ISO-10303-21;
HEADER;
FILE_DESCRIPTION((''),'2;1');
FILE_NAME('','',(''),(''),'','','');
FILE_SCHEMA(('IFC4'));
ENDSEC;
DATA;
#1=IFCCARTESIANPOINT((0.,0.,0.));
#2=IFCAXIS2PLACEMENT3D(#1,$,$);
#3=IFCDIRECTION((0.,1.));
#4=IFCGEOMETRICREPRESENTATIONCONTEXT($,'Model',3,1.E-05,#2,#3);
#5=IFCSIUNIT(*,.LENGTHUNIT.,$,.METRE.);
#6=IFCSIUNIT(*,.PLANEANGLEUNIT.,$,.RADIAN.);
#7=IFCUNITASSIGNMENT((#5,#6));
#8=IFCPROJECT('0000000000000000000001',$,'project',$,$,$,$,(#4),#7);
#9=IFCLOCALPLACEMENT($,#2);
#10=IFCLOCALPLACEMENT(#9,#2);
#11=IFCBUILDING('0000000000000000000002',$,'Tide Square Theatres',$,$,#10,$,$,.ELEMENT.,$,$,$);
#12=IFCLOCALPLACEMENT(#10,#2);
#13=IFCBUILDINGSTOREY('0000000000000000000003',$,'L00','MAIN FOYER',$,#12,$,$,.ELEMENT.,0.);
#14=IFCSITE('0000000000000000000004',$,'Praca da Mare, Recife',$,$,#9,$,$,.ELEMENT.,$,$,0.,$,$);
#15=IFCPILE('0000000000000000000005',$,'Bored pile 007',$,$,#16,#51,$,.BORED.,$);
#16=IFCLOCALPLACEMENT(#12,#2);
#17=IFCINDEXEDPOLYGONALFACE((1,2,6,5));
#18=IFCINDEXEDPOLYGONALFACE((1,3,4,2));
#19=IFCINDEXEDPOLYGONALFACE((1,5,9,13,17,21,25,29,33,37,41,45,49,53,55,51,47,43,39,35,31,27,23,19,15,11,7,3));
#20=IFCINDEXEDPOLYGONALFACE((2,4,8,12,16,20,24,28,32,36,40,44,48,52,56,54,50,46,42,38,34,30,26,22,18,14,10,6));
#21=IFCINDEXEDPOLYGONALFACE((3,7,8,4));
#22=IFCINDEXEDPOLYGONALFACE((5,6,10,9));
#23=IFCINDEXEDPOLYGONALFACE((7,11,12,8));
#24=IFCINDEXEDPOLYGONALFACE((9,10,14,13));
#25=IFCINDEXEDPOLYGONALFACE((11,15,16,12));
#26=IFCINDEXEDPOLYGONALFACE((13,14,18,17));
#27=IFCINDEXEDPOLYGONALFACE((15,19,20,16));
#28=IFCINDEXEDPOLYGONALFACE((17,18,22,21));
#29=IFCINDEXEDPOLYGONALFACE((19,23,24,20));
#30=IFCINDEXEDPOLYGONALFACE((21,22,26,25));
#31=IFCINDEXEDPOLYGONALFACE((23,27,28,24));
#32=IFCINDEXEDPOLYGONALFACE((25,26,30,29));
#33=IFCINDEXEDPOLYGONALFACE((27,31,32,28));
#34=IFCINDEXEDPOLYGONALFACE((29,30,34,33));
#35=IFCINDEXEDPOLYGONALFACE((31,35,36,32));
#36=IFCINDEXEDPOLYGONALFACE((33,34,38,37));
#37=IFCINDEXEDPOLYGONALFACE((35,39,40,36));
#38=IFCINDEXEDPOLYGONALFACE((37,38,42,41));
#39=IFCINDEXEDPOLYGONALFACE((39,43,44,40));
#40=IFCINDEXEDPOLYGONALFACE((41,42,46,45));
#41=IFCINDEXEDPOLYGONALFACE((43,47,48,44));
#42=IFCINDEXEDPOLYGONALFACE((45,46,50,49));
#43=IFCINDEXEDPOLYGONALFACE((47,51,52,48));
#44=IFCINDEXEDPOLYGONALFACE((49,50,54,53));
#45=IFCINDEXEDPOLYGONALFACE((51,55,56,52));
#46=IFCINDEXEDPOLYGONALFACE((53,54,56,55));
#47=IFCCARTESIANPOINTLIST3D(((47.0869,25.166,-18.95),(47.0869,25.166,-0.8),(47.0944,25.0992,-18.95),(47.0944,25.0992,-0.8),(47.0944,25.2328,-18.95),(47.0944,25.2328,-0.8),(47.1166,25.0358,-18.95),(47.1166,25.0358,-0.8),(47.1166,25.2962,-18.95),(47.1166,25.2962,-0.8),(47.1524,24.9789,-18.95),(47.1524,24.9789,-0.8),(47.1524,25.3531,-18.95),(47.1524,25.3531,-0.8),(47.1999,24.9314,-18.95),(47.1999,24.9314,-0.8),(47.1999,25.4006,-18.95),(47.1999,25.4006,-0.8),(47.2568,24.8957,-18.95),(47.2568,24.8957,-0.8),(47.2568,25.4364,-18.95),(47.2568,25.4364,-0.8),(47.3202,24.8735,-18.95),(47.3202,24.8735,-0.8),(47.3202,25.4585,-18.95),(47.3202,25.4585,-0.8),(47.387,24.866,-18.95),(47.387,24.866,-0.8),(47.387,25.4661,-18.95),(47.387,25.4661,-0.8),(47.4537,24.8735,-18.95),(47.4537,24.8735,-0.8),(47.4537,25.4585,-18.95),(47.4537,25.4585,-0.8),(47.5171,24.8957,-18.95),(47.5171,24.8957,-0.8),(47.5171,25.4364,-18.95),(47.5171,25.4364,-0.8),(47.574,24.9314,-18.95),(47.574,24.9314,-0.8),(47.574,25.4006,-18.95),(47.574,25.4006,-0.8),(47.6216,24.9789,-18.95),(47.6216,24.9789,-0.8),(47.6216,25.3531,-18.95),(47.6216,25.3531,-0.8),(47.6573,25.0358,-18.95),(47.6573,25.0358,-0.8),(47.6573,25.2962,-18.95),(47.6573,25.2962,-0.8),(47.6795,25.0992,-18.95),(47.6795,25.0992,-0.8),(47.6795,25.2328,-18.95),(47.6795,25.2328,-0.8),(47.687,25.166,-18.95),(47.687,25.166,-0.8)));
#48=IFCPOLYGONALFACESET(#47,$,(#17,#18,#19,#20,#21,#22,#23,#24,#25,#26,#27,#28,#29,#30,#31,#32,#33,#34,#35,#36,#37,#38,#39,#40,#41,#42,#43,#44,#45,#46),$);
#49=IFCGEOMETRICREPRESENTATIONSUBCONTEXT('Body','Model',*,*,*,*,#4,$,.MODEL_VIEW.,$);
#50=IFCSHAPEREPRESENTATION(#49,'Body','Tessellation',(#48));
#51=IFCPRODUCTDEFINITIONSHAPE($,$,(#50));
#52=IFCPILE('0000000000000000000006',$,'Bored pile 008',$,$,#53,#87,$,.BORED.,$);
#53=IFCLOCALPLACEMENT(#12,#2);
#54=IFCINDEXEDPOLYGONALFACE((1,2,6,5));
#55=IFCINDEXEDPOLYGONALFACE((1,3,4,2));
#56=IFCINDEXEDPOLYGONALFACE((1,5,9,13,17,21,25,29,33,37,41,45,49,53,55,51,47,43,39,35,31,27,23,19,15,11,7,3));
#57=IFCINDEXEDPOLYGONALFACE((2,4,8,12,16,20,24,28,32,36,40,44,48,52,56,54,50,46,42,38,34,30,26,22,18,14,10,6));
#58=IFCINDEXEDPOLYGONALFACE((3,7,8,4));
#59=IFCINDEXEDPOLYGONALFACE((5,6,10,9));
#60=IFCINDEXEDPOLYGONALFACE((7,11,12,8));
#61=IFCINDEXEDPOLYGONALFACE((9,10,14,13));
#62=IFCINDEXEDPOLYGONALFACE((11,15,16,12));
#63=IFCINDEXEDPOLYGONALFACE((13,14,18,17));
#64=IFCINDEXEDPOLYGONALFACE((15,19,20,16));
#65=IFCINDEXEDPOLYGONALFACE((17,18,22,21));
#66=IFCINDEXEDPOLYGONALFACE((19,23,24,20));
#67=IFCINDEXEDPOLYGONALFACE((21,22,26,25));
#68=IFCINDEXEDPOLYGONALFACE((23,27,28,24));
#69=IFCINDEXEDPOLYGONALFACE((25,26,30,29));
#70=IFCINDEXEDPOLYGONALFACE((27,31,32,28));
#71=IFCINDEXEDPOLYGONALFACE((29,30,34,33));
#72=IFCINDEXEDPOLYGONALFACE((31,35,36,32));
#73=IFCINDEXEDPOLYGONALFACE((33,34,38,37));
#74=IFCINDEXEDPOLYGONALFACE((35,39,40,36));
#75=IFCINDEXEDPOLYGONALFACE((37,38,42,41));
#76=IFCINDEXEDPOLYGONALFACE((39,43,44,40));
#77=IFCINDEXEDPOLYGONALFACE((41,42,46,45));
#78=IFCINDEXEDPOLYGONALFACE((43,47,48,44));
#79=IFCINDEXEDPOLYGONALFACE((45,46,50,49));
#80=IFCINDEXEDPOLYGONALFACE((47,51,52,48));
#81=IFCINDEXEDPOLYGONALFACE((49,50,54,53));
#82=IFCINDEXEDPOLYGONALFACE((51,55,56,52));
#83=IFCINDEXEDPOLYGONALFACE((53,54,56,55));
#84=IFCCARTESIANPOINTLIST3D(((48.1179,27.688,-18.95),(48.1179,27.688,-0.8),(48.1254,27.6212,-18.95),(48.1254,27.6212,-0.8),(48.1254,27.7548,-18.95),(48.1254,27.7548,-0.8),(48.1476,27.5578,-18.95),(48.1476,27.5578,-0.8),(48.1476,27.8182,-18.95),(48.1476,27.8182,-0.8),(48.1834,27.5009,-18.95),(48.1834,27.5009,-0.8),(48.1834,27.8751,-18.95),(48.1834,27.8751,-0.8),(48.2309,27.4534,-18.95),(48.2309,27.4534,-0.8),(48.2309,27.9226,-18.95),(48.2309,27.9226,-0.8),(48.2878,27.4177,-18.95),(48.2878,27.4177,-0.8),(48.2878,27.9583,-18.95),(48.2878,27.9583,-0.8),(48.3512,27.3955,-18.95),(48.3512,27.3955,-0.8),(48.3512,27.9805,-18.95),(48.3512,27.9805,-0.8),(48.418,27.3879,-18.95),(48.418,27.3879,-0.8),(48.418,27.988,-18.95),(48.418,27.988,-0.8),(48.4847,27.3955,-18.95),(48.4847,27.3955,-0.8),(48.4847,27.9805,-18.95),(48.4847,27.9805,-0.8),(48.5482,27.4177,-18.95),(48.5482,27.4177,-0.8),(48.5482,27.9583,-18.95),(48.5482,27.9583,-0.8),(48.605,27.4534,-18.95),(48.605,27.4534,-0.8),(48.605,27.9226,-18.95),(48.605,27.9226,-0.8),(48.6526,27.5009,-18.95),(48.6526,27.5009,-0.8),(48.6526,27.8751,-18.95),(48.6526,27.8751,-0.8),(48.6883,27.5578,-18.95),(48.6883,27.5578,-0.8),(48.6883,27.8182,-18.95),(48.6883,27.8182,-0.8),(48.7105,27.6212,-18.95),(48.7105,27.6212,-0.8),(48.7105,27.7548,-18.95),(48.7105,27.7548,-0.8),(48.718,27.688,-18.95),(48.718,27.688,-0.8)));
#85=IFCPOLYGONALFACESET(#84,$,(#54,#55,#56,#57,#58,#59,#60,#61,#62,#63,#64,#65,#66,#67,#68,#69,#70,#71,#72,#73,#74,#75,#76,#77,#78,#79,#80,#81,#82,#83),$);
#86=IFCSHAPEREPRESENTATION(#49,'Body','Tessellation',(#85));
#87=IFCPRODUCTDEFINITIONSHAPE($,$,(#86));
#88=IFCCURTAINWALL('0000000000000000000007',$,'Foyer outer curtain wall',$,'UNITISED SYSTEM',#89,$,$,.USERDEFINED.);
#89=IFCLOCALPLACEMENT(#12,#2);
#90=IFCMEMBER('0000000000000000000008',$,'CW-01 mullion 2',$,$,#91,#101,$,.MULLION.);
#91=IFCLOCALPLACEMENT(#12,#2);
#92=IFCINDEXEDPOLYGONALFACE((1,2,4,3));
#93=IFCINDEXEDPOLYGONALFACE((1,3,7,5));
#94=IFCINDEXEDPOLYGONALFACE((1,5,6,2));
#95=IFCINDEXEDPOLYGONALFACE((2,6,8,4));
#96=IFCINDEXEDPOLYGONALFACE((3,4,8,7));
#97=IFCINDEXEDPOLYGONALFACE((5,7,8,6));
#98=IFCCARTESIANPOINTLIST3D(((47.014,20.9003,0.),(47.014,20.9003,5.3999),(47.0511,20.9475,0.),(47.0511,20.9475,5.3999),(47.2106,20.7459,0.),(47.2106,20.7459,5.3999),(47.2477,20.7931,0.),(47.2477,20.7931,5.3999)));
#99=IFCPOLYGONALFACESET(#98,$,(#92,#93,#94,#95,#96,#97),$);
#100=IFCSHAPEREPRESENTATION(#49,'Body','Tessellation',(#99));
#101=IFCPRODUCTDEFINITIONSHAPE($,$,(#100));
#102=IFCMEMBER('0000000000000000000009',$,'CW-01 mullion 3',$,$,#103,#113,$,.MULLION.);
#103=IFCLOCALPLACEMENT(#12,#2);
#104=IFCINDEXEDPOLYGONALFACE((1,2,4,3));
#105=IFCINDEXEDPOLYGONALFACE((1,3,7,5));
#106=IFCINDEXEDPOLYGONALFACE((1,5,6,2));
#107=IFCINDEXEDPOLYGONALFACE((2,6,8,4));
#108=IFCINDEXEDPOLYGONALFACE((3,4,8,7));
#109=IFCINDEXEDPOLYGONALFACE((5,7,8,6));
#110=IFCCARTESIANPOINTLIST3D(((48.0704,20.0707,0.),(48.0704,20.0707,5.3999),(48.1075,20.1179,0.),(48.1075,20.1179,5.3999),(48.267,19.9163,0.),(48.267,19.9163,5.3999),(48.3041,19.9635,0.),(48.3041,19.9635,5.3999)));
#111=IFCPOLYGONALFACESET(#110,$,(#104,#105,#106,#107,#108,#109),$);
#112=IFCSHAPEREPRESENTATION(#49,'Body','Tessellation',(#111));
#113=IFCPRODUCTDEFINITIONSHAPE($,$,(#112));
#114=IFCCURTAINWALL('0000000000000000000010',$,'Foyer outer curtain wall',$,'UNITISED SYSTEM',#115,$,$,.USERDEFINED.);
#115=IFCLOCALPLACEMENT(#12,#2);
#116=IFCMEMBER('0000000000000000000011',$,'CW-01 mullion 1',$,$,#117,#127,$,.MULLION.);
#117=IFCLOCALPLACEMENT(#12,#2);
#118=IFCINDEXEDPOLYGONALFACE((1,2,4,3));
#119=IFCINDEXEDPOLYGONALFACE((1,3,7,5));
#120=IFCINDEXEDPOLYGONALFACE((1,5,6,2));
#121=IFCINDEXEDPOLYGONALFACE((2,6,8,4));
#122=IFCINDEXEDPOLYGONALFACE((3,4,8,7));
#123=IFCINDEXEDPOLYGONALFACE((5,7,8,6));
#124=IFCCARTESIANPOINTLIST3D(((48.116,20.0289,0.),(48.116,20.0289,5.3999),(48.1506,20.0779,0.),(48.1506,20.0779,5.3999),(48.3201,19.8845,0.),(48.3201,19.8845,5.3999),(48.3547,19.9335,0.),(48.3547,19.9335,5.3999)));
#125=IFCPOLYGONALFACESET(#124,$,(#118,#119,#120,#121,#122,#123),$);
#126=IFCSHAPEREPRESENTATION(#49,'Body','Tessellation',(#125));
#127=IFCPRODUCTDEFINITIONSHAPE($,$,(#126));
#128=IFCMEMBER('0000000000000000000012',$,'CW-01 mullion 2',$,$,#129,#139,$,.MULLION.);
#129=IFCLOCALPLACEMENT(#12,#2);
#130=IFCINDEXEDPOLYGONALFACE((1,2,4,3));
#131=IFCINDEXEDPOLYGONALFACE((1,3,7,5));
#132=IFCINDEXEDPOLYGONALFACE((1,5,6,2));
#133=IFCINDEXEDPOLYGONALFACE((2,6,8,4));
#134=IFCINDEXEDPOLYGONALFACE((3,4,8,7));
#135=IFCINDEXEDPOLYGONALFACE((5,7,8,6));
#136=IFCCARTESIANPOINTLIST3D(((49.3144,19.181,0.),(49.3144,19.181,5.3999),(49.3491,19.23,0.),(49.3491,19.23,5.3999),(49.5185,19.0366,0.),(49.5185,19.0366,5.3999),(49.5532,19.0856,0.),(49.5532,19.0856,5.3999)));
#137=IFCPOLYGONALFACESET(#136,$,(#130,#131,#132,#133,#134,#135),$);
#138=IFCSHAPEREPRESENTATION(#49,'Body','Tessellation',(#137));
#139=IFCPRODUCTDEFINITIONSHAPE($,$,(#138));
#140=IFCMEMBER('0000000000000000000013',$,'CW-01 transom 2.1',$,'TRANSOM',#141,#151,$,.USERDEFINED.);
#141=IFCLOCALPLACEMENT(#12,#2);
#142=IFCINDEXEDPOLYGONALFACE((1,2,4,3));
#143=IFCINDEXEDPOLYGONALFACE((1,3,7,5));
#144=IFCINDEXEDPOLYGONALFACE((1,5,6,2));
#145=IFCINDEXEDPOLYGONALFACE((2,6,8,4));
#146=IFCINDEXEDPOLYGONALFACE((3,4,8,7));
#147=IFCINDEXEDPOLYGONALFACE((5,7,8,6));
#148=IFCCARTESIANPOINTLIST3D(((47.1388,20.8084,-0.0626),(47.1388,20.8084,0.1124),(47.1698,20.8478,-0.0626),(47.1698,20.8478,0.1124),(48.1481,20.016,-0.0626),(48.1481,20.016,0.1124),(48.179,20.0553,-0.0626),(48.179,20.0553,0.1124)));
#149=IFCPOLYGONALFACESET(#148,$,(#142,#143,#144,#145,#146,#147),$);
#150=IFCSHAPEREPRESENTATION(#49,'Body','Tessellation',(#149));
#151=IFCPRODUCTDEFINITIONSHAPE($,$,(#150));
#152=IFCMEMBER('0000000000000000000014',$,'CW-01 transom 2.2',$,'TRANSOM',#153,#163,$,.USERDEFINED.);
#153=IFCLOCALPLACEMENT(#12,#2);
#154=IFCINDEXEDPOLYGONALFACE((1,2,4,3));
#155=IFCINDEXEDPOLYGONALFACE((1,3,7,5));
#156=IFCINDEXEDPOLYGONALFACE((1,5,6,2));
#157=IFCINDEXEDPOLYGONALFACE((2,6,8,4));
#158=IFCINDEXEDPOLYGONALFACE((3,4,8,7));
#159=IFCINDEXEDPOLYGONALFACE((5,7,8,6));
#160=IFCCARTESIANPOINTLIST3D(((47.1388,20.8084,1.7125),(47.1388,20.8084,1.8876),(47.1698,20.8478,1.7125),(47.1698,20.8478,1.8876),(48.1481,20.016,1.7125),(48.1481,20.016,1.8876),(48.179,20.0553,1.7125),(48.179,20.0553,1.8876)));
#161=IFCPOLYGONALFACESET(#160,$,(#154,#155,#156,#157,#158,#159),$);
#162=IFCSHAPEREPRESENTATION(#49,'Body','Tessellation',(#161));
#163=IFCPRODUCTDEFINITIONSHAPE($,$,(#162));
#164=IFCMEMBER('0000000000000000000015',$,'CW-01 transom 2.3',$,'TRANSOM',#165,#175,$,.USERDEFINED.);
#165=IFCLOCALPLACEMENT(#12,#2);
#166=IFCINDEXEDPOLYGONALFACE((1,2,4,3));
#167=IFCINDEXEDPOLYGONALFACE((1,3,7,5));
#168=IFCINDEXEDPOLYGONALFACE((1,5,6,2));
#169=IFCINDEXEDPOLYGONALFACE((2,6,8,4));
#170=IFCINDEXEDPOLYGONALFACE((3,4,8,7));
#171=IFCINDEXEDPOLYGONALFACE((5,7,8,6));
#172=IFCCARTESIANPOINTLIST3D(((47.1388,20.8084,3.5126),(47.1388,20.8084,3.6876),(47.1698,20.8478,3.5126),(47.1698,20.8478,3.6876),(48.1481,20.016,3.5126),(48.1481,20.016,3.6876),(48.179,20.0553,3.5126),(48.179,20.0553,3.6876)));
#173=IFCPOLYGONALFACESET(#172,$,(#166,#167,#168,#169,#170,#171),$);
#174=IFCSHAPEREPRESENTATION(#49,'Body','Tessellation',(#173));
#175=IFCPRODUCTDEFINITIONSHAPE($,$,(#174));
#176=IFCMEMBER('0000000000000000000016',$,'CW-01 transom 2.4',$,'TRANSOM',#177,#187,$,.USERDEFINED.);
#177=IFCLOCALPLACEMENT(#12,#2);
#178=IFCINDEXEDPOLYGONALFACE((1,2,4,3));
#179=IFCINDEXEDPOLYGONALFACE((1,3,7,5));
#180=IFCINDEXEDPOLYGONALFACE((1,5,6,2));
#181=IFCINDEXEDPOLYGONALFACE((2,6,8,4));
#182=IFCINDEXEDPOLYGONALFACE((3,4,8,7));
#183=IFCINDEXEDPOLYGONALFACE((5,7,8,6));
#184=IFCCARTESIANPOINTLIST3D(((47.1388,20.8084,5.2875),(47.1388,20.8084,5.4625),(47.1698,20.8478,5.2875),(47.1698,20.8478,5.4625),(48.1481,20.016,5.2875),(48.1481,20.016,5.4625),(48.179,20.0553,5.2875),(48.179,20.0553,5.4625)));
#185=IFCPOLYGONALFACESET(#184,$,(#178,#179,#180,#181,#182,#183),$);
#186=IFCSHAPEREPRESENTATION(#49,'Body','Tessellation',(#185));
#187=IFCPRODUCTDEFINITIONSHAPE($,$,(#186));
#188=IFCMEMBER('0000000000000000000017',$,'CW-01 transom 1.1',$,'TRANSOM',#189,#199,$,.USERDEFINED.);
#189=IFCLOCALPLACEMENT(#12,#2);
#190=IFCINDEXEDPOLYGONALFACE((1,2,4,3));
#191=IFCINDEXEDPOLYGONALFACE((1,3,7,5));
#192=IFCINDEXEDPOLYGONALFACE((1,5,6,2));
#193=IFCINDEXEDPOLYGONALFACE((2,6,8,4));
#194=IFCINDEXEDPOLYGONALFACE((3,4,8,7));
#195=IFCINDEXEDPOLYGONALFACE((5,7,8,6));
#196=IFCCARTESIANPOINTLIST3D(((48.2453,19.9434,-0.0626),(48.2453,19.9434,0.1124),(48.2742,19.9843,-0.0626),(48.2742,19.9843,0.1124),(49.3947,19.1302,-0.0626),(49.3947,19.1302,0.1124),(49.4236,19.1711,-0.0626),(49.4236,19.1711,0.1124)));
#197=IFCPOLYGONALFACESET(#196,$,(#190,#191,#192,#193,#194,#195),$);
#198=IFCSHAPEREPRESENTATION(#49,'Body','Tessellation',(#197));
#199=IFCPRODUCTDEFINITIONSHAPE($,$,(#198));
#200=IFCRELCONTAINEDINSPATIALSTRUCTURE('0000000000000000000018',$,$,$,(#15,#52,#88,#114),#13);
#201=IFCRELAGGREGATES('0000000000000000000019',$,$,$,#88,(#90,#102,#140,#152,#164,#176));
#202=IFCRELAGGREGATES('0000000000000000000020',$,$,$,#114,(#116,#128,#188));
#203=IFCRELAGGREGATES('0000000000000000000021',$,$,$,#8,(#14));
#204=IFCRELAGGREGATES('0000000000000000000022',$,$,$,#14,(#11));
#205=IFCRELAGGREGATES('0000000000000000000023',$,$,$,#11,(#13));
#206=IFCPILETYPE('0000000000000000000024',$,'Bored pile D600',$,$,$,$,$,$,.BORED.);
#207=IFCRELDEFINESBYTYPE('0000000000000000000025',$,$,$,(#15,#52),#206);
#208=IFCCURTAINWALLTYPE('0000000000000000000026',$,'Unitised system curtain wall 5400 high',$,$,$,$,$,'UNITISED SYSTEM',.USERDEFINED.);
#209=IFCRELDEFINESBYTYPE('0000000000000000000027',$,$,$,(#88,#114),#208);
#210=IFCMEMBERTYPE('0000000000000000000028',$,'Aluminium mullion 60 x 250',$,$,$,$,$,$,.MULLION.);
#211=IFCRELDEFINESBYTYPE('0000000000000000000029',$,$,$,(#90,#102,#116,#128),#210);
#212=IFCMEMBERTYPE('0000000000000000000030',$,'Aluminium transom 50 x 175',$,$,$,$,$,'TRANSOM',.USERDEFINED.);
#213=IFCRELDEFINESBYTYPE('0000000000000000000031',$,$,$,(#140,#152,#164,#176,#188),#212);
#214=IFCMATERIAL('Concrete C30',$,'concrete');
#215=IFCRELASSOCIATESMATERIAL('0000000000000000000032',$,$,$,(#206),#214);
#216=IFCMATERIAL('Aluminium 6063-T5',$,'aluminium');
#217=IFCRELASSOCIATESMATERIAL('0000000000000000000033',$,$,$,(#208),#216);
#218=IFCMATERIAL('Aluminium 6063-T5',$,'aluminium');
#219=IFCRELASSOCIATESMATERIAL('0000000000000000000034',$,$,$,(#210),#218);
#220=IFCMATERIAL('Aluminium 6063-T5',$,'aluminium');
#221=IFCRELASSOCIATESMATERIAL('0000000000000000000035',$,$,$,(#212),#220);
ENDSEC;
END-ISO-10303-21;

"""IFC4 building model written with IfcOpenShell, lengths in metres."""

from ifc_helpers import new_model, si_unit, direction, frame, origin, origin_2d, place, context, subcontext, project, spatial, rectangle, circle, extrude, material, material_profile, profile_set, type_object, element, aggregate, save


model = new_model("IFC4")

# Units and contexts
model_context = context("Model", 3, precision=1e-05, world=origin(), true_north=direction((0.0, 1.0)))
body_context = subcontext(model_context, "Body", "Model", "MODEL_VIEW")
ifc_project = project(units=[si_unit("LENGTHUNIT", "METRE"), si_unit("PLANEANGLEUNIT", "RADIAN")], contexts=[model_context])

# Site, building, storey
site_placement = place(None, origin())
site = spatial("IfcSite", under=ifc_project, at=site_placement, Name="Praca da Mare, Recife", CompositionType="ELEMENT", RefElevation=0.0)
building_placement = place(site_placement, origin())
building = spatial("IfcBuilding", under=site, at=building_placement, Name="Tide Square Theatres", CompositionType="ELEMENT")
storey_placement = place(building_placement, origin())
storey = spatial("IfcBuildingStorey", under=building, at=storey_placement, Name="L00", Description="MAIN FOYER", CompositionType="ELEMENT", Elevation=0.0)

# Piles
ifc_material_1 = material(Name="Concrete C30", Category="concrete")
ifc_material_profile_1 = material_profile(ifc_material_1, circle(Radius=0.3, at=origin_2d()))
ifc_profile_set_1 = profile_set([ifc_material_profile_1], Name="Concrete C30")
pile_type = type_object("IfcPileType", Name="Bored pile D600", PredefinedType="BORED", material=ifc_profile_set_1)
for number, where, z_axis, x_axis, name in (
    (1, (47.387, 25.166, -0.8), (0.0, 0.0, -1.0), (1.0, 0.0, 0.0), "Bored pile 007"),
    (2, (48.418, 27.688, -0.8), (0.0, 0.0, -1.0), (1.0, 0.0, 0.0), "Bored pile 008"),
):
    element("IfcPile", number, at=place(storey_placement, frame(where, z_axis=z_axis, x_axis=x_axis)), inside=storey, type_object=pile_type, Name=name, PredefinedType="BORED", context=body_context, shape_type="SweptSolid", body=[
        extrude(circle(Radius=0.3, at=origin_2d()), origin(), (0.0, 0.0, 1.0), 18.1499),
    ])

# Curtain walls, members
ifc_material_2 = material(Name="Aluminium 6063-T5", Category="aluminium")
curtain_wall_type = type_object("IfcCurtainWallType", Name="Unitised system curtain wall 5400 high", ElementType="UNITISED SYSTEM", PredefinedType="USERDEFINED", material=ifc_material_2)
curtain_wall_1_placement = place(storey_placement, origin())
curtain_wall_1 = element("IfcCurtainWall", 3, at=curtain_wall_1_placement, inside=storey, type_object=curtain_wall_type, Name="Foyer outer curtain wall", ObjectType="UNITISED SYSTEM", PredefinedType="USERDEFINED")
ifc_material_3 = material(Name="Aluminium 6063-T5", Category="aluminium")
ifc_material_profile_2 = material_profile(ifc_material_3, rectangle(XDim=0.0601, YDim=0.25, at=origin_2d()))
ifc_profile_set_2 = profile_set([ifc_material_profile_2], Name="Aluminium 6063-T5")
member_type_1 = type_object("IfcMemberType", Name="Aluminium mullion 60 x 250", PredefinedType="MULLION", material=ifc_profile_set_2)
member_1_placement = place(storey_placement, frame((47.1309, 20.8467, 0.0), z_axis=(0.0, 0.0, 1.0), x_axis=(0.617609, 0.786485, 0.0)))
member_1 = element("IfcMember", 4, at=member_1_placement, type_object=member_type_1, Name="CW-01 mullion 2", PredefinedType="MULLION", context=body_context, shape_type="SweptSolid", body=[
    extrude(rectangle(XDim=0.0601, YDim=0.25, at=origin_2d()), origin(), (0.0, 0.0, 1.0), 5.3999),
])
member_2_placement = place(storey_placement, frame((48.1873, 20.0171, 0.0), z_axis=(0.0, 0.0, 1.0), x_axis=(0.617609, 0.786485, 0.0)))
member_2 = element("IfcMember", 5, at=member_2_placement, type_object=member_type_1, Name="CW-01 mullion 3", PredefinedType="MULLION", context=body_context, shape_type="SweptSolid", body=[
    extrude(rectangle(XDim=0.0601, YDim=0.25, at=origin_2d()), origin(), (0.0, 0.0, 1.0), 5.3999),
])
curtain_wall_2_placement = place(storey_placement, origin())
curtain_wall_2 = element("IfcCurtainWall", 6, at=curtain_wall_2_placement, inside=storey, type_object=curtain_wall_type, Name="Foyer outer curtain wall", ObjectType="UNITISED SYSTEM", PredefinedType="USERDEFINED")
member_3_placement = place(storey_placement, frame((48.2354, 19.9812, 0.0), z_axis=(0.0, 0.0, 1.0), x_axis=(0.577503, 0.816388, 0.0)))
member_3 = element("IfcMember", 7, at=member_3_placement, type_object=member_type_1, Name="CW-01 mullion 1", PredefinedType="MULLION", context=body_context, shape_type="SweptSolid", body=[
    extrude(rectangle(XDim=0.0601, YDim=0.25, at=origin_2d()), origin(), (0.0, 0.0, 1.0), 5.3999),
])
member_4_placement = place(storey_placement, frame((49.4338, 19.1333, 0.0), z_axis=(0.0, 0.0, 1.0), x_axis=(0.577503, 0.816388, 0.0)))
member_4 = element("IfcMember", 8, at=member_4_placement, type_object=member_type_1, Name="CW-01 mullion 2", PredefinedType="MULLION", context=body_context, shape_type="SweptSolid", body=[
    extrude(rectangle(XDim=0.0601, YDim=0.25, at=origin_2d()), origin(), (0.0, 0.0, 1.0), 5.3999),
])

# Members
ifc_material_4 = material(Name="Aluminium 6063-T5", Category="aluminium")
ifc_material_profile_3 = material_profile(ifc_material_4, rectangle(XDim=0.05, YDim=0.175, at=origin_2d()))
ifc_profile_set_3 = profile_set([ifc_material_profile_3], Name="Aluminium 6063-T5")
member_type_2 = type_object("IfcMemberType", Name="Aluminium transom 50 x 175", ElementType="TRANSOM", PredefinedType="USERDEFINED", material=ifc_profile_set_3)
member_5_placement = place(storey_placement, frame((47.1543, 20.8281, 0.0249), z_axis=(0.786516, -0.617569, 0.0), x_axis=(0.617569, 0.786516, 0.0)))
member_5 = element("IfcMember", 9, at=member_5_placement, type_object=member_type_2, Name="CW-01 transom 2.1", ObjectType="TRANSOM", PredefinedType="USERDEFINED", context=body_context, shape_type="SweptSolid", body=[
    extrude(rectangle(XDim=0.05, YDim=0.175, at=origin_2d()), origin(), (0.0, 0.0, 1.0), 1.2832),
])
member_6_placement = place(storey_placement, frame((47.1543, 20.8281, 1.8), z_axis=(0.786516, -0.617569, 0.0), x_axis=(0.617569, 0.786516, 0.0)))
member_6 = element("IfcMember", 10, at=member_6_placement, type_object=member_type_2, Name="CW-01 transom 2.2", ObjectType="TRANSOM", PredefinedType="USERDEFINED", context=body_context, shape_type="SweptSolid", body=[
    extrude(rectangle(XDim=0.05, YDim=0.175, at=origin_2d()), origin(), (0.0, 0.0, 1.0), 1.2832),
])
member_7_placement = place(storey_placement, frame((47.1543, 20.8281, 3.6001), z_axis=(0.786516, -0.617569, 0.0), x_axis=(0.617569, 0.786516, 0.0)))
member_7 = element("IfcMember", 11, at=member_7_placement, type_object=member_type_2, Name="CW-01 transom 2.3", ObjectType="TRANSOM", PredefinedType="USERDEFINED", context=body_context, shape_type="SweptSolid", body=[
    extrude(rectangle(XDim=0.05, YDim=0.175, at=origin_2d()), origin(), (0.0, 0.0, 1.0), 1.2832),
])
member_8_placement = place(storey_placement, frame((47.1543, 20.8281, 5.375), z_axis=(0.786516, -0.617569, 0.0), x_axis=(0.617569, 0.786516, 0.0)))
member_8 = element("IfcMember", 12, at=member_8_placement, type_object=member_type_2, Name="CW-01 transom 2.4", ObjectType="TRANSOM", PredefinedType="USERDEFINED", context=body_context, shape_type="SweptSolid", body=[
    extrude(rectangle(XDim=0.05, YDim=0.175, at=origin_2d()), origin(), (0.0, 0.0, 1.0), 1.2832),
])
member_9_placement = place(storey_placement, frame((48.2598, 19.9639, 0.0249), z_axis=(0.816338, -0.577575, 0.0), x_axis=(0.577575, 0.816338, 0.0)))
member_9 = element("IfcMember", 13, at=member_9_placement, type_object=member_type_2, Name="CW-01 transom 1.1", ObjectType="TRANSOM", PredefinedType="USERDEFINED", context=body_context, shape_type="SweptSolid", body=[
    extrude(rectangle(XDim=0.05, YDim=0.175, at=origin_2d()), origin(), (0.0, 0.0, 1.0), 1.408),
])

aggregate(curtain_wall_1, [member_1, member_2, member_5, member_6, member_7, member_8])
aggregate(curtain_wall_2, [member_3, member_4, member_9])

save(model, "model.ifc")
